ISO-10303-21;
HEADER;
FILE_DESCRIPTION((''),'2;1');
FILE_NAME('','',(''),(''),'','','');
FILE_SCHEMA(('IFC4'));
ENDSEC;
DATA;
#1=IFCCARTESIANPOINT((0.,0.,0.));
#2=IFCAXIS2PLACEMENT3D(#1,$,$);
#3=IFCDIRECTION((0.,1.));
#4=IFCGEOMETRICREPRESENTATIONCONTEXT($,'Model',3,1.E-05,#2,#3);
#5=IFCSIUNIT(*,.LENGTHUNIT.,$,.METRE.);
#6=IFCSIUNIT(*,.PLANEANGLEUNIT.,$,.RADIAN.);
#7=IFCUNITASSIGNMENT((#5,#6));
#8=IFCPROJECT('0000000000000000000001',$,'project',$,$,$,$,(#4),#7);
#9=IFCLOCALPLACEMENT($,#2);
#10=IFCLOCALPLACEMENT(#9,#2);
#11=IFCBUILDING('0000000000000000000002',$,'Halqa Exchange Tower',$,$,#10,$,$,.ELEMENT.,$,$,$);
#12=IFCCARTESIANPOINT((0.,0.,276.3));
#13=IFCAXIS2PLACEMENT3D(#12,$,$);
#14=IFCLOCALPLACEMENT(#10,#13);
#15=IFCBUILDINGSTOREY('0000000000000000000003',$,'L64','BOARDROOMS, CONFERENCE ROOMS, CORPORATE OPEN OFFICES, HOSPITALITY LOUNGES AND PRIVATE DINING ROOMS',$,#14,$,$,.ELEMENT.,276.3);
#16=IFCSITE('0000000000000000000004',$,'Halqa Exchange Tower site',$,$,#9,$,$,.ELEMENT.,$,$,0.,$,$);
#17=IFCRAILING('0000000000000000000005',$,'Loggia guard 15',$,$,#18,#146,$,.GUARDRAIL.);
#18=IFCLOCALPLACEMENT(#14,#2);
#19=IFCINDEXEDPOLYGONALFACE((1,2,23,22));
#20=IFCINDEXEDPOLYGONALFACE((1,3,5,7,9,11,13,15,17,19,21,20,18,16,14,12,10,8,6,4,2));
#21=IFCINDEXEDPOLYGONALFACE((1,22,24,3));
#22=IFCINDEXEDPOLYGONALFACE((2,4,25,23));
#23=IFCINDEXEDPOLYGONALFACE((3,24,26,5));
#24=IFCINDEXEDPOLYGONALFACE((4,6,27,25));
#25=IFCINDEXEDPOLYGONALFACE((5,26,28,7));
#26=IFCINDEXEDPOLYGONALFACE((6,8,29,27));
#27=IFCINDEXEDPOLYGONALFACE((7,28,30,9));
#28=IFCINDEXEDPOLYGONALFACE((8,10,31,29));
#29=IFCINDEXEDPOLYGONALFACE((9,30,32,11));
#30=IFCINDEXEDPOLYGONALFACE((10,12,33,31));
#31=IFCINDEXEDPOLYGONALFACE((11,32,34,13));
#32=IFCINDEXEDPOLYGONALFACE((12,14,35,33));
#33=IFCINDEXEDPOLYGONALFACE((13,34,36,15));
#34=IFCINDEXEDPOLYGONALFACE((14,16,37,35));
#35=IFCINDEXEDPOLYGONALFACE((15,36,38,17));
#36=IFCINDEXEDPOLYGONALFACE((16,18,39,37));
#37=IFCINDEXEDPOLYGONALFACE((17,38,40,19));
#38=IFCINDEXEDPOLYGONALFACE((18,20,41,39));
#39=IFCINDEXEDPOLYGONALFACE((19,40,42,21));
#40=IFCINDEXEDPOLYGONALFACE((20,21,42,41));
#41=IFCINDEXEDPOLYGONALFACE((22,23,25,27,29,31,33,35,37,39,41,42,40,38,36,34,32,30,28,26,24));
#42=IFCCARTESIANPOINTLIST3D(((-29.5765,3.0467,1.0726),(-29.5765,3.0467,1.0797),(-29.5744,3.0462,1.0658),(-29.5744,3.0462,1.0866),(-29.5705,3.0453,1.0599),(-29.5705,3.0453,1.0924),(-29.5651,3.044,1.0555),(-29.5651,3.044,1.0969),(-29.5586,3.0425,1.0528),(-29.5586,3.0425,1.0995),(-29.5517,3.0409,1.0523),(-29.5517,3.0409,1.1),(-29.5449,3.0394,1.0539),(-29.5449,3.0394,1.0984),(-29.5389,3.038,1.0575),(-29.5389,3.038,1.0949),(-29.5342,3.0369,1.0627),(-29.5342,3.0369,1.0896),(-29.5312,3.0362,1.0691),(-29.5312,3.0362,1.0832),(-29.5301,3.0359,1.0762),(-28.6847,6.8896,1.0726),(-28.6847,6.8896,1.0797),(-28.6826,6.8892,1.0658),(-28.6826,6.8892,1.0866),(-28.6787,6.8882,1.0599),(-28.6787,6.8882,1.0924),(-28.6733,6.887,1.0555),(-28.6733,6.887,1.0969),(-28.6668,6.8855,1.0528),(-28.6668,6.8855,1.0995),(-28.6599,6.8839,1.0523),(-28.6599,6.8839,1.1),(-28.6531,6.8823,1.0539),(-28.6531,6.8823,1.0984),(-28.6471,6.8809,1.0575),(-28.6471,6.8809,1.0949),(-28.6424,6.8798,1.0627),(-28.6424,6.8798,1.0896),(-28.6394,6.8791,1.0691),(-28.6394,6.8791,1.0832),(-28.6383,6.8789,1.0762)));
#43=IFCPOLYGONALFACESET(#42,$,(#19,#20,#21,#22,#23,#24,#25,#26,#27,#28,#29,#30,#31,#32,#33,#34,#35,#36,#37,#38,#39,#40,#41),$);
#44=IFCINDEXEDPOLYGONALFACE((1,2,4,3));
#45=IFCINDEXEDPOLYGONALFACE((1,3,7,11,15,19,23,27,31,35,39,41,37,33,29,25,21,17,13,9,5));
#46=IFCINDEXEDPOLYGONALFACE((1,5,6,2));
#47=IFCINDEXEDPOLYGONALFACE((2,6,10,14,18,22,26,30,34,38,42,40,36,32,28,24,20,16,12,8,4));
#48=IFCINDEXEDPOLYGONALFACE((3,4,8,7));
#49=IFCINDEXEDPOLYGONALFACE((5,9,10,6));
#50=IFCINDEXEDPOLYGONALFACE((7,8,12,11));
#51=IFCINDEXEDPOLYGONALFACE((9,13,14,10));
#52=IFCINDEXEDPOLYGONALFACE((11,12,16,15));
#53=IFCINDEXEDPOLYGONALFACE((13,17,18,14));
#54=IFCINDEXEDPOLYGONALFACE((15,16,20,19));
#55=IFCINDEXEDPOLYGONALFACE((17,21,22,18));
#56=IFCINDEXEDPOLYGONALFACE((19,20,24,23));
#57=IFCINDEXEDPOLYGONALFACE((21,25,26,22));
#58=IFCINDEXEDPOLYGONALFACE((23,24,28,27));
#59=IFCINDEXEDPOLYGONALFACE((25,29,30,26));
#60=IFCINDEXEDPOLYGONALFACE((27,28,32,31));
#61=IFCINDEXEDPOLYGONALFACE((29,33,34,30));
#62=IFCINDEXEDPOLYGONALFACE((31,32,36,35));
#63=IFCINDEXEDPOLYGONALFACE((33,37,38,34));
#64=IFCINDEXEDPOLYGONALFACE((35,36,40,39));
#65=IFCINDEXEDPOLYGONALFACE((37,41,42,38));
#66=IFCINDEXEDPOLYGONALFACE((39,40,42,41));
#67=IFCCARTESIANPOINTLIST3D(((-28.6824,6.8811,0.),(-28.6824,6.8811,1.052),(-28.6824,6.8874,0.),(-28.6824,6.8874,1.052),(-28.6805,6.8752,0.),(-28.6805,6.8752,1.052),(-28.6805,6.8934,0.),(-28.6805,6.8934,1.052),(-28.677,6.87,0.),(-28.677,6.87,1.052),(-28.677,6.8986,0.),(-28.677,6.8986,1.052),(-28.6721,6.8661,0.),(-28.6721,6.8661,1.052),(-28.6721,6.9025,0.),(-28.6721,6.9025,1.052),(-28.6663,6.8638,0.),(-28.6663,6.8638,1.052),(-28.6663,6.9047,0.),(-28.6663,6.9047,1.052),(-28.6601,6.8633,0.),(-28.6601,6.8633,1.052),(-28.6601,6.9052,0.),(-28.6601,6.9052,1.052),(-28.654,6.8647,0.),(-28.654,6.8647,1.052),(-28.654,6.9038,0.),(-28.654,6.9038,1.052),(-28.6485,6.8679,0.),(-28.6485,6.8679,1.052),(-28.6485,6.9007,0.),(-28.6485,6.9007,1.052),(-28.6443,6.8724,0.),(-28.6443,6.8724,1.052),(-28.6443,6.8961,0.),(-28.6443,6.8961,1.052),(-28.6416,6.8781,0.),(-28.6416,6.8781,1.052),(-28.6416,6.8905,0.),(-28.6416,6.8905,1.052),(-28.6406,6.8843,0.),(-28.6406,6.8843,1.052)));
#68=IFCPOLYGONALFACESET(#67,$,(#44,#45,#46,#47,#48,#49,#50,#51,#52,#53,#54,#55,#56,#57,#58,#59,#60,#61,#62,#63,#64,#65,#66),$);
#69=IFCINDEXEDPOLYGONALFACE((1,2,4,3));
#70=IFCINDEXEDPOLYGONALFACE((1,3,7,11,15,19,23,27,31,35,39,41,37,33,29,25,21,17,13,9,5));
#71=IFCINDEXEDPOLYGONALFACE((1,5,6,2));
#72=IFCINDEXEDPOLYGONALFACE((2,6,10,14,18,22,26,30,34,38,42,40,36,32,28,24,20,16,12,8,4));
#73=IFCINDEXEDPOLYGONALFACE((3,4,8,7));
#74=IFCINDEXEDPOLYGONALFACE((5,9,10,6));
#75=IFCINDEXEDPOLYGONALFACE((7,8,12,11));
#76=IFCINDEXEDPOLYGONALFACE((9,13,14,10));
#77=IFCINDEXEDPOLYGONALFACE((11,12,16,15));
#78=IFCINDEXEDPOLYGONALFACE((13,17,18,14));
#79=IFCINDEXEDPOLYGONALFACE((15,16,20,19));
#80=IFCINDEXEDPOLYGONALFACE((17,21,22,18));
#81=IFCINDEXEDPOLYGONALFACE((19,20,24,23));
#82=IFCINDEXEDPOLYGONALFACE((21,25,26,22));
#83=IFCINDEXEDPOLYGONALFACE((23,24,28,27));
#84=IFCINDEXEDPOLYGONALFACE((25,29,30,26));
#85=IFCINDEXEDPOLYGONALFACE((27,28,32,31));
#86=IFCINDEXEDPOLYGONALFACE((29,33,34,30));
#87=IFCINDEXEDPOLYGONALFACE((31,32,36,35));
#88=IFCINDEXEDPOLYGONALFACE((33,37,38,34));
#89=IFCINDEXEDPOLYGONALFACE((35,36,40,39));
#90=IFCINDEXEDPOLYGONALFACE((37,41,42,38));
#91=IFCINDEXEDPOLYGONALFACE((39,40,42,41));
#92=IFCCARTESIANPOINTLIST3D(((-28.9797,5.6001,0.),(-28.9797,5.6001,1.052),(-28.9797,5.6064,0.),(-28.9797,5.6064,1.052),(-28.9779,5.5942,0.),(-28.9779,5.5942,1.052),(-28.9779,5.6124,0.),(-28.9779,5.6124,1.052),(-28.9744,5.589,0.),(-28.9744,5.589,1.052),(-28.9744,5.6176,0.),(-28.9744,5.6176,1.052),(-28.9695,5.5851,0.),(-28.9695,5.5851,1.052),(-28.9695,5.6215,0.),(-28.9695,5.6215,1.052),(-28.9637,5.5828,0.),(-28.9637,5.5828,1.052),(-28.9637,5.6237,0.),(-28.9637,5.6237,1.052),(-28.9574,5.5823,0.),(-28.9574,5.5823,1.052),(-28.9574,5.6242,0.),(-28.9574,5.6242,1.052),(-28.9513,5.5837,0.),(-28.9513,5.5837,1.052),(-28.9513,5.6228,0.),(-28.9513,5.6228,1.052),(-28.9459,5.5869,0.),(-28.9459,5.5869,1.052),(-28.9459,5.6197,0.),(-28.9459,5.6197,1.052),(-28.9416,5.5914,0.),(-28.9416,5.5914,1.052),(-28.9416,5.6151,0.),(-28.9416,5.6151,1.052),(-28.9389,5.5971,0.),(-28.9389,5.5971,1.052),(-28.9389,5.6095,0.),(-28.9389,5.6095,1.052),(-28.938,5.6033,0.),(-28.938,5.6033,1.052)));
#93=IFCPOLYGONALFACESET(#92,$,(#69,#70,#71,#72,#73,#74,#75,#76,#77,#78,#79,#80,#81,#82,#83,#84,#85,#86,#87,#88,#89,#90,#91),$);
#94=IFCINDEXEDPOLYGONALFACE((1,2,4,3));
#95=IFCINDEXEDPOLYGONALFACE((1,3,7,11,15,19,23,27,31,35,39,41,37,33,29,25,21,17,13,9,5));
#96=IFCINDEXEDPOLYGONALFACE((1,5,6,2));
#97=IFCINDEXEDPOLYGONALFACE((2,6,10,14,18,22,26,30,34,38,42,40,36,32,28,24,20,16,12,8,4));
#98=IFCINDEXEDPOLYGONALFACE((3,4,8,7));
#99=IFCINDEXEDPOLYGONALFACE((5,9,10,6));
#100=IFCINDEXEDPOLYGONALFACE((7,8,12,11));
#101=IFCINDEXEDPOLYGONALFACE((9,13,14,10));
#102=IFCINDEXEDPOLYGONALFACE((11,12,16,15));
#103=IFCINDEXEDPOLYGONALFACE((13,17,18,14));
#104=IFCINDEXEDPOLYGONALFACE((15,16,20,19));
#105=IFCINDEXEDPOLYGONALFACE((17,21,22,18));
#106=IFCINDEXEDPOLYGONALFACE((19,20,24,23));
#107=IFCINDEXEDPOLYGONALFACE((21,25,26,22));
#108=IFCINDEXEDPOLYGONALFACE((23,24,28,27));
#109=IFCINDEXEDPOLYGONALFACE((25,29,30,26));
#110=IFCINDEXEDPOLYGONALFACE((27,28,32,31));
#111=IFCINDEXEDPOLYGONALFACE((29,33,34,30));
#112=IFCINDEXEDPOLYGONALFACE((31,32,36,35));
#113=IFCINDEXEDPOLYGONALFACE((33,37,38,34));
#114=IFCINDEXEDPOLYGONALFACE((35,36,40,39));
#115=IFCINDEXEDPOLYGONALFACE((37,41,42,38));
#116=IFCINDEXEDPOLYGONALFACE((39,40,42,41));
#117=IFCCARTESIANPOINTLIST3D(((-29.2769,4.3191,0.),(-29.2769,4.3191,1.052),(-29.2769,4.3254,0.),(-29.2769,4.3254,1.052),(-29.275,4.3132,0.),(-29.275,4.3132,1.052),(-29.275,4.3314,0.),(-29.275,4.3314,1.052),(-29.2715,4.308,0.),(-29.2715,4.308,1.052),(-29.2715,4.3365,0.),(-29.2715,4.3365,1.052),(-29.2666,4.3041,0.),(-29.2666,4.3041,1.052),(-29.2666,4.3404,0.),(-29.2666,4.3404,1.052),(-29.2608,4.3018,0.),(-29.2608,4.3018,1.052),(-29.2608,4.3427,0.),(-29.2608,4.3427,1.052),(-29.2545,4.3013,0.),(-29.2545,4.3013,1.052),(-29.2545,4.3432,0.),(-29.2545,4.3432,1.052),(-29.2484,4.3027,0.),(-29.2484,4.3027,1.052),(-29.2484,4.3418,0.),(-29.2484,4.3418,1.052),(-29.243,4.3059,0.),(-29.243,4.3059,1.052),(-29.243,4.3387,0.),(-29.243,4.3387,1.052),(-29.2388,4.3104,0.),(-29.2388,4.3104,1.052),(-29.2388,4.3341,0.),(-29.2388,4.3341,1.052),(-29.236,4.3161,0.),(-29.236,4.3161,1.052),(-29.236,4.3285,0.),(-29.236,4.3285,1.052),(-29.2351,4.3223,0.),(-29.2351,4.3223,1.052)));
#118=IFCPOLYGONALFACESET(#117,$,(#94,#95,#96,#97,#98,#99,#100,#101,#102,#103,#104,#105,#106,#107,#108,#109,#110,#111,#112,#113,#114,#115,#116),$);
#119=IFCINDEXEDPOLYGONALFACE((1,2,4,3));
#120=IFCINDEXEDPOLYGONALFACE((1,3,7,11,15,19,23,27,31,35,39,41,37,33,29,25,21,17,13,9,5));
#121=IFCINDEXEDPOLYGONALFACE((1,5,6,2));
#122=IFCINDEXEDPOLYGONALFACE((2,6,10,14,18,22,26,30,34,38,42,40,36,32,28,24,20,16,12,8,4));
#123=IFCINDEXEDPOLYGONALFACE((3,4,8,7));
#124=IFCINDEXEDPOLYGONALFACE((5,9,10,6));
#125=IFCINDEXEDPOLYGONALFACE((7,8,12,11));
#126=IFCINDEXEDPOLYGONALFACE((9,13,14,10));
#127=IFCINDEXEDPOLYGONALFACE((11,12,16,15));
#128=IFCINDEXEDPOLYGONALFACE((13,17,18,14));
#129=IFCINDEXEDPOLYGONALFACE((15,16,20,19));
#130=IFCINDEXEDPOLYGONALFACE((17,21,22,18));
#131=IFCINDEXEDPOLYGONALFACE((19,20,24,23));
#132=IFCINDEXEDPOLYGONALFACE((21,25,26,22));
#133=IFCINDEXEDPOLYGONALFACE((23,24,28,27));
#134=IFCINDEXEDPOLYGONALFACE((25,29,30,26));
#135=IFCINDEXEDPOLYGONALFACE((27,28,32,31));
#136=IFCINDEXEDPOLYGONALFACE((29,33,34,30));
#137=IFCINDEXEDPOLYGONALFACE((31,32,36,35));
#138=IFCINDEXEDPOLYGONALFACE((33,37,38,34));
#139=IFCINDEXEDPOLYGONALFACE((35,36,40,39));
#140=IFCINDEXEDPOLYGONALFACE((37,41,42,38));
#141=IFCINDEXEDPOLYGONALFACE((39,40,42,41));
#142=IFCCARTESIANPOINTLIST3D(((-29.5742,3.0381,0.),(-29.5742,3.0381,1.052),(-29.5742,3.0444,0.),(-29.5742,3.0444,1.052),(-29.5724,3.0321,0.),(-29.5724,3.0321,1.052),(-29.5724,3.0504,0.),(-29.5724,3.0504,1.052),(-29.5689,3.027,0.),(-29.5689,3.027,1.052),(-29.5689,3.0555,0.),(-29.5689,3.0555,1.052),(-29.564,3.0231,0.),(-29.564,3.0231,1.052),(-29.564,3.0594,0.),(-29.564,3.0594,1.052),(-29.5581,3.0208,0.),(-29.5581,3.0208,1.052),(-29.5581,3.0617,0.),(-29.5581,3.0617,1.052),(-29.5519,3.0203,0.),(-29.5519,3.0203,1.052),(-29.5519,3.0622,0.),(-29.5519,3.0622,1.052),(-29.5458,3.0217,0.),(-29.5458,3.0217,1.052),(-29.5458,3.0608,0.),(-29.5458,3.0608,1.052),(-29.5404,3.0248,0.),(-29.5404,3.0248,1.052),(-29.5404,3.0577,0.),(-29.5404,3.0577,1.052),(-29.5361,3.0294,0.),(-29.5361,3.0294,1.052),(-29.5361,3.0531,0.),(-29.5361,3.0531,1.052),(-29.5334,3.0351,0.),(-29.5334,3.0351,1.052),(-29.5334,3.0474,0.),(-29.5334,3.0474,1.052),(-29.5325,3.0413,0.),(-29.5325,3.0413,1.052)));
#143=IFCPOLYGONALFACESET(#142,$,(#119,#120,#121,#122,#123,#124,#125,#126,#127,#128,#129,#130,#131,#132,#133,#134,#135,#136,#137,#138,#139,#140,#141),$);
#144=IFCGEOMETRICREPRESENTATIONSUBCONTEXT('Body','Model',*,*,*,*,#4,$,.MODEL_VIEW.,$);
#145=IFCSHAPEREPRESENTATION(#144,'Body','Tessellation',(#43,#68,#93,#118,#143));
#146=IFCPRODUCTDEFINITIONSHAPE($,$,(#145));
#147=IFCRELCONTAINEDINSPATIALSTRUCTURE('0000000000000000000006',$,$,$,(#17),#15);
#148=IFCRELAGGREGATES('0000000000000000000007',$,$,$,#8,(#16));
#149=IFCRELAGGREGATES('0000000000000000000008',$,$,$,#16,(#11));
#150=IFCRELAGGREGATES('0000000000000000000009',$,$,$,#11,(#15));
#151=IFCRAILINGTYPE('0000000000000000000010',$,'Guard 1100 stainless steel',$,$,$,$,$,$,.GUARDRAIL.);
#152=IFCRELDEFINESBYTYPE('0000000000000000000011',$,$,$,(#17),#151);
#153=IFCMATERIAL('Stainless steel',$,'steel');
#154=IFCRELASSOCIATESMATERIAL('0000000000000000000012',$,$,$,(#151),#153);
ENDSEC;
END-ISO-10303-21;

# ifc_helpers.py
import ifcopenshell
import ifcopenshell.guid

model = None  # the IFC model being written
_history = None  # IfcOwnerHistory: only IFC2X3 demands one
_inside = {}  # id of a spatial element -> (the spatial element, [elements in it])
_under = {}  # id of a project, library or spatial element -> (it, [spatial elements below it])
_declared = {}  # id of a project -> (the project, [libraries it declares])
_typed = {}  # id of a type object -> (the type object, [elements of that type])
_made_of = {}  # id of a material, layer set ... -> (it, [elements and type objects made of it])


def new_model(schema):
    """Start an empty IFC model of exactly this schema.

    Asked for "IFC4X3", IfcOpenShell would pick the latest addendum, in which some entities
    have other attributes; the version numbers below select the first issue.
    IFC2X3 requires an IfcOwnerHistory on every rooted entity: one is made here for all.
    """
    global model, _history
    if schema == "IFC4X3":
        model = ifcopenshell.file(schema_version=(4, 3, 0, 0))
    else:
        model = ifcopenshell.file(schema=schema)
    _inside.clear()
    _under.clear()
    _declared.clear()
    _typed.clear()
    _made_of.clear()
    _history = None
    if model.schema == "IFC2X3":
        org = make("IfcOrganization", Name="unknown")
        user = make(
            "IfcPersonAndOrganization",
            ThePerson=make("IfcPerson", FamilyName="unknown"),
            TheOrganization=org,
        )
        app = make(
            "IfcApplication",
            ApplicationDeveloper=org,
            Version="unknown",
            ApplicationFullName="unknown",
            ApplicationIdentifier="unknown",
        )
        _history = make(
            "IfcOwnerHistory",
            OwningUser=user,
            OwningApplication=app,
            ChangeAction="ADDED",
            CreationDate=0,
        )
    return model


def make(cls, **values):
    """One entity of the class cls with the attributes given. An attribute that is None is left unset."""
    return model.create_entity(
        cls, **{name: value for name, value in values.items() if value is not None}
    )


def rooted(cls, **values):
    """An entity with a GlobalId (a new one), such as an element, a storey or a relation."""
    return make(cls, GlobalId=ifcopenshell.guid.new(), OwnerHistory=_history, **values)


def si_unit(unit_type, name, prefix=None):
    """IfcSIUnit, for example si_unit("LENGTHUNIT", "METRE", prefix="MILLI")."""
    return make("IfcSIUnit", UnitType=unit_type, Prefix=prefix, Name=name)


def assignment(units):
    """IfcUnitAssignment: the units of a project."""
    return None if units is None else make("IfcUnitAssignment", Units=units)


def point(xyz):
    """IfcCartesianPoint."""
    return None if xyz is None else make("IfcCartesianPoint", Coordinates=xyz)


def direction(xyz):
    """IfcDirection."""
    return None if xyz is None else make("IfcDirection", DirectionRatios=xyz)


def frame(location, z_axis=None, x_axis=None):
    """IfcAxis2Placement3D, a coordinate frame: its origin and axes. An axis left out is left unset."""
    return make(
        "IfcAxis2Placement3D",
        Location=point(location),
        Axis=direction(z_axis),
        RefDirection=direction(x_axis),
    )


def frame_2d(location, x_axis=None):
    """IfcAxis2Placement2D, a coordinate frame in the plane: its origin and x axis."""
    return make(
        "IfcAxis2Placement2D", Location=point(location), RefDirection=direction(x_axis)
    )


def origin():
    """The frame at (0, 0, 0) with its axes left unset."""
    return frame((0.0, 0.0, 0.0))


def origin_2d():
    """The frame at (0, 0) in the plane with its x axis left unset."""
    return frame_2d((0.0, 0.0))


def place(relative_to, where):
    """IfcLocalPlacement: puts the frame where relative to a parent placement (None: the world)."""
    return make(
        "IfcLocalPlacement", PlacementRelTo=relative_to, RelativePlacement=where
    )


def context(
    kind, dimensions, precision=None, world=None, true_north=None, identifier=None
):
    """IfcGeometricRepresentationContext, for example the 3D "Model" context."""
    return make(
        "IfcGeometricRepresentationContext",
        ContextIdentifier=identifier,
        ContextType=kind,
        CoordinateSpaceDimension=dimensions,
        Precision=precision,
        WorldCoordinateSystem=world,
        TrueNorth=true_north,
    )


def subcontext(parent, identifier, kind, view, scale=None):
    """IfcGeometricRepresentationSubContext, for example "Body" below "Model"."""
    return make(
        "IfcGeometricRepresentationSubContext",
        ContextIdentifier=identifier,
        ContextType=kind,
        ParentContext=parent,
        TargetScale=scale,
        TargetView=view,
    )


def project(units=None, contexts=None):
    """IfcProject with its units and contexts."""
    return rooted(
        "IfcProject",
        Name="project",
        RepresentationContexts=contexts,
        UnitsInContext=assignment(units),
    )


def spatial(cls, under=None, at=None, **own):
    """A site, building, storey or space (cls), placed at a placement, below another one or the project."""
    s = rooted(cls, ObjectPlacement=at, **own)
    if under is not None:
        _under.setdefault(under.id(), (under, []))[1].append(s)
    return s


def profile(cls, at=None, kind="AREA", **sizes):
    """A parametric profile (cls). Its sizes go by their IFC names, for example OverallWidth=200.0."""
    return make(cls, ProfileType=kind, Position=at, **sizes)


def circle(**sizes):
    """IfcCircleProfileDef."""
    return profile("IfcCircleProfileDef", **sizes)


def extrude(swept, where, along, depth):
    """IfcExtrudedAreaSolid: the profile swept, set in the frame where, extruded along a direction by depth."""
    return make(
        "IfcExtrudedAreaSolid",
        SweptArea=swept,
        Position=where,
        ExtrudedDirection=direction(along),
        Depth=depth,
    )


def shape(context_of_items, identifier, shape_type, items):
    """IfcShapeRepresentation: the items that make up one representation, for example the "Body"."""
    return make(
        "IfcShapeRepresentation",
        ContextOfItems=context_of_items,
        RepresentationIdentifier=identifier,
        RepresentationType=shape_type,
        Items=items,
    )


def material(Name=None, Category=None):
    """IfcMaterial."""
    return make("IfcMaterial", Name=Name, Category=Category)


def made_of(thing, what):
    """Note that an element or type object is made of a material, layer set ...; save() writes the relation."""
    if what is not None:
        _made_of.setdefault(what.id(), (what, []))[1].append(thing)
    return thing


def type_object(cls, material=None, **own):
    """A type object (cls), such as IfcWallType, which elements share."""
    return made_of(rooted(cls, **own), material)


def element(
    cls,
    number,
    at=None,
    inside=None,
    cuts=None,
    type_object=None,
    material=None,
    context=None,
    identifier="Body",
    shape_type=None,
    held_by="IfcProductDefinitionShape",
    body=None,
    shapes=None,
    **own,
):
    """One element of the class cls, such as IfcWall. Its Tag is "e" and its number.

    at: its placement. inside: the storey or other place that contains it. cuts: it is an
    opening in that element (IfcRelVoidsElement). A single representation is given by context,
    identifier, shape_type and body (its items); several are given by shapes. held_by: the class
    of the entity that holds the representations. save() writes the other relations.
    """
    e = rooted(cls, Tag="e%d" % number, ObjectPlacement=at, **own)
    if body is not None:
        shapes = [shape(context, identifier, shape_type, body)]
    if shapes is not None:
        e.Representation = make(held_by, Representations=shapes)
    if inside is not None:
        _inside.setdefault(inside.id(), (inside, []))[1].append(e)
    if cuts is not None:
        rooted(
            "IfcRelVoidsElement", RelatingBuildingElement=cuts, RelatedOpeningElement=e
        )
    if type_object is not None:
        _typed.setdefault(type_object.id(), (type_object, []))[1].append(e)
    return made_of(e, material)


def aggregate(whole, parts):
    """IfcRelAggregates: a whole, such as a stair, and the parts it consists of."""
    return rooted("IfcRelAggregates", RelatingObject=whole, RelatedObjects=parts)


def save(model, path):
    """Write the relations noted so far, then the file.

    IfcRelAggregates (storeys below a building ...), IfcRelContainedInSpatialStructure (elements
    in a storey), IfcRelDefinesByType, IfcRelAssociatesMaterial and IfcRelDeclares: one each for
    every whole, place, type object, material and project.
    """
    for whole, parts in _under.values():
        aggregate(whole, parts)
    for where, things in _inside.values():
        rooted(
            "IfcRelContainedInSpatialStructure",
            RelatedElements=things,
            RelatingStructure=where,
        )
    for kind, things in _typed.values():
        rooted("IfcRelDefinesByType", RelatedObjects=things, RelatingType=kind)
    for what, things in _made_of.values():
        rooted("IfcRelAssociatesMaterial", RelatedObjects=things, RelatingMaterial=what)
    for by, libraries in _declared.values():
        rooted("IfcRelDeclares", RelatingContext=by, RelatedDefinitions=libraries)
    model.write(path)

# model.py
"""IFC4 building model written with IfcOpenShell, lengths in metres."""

from ifc_helpers import new_model, si_unit, direction, frame, origin, origin_2d, place, context, subcontext, project, spatial, circle, extrude, material, type_object, element, save


model = new_model("IFC4")

# Units and contexts
model_context = context("Model", 3, precision=1e-05, world=origin(), true_north=direction((0.0, 1.0)))
body_context = subcontext(model_context, "Body", "Model", "MODEL_VIEW")
ifc_project = project(units=[si_unit("LENGTHUNIT", "METRE"), si_unit("PLANEANGLEUNIT", "RADIAN")], contexts=[model_context])

# Site, building, storey
site_placement = place(None, origin())
site = spatial("IfcSite", under=ifc_project, at=site_placement, Name="Halqa Exchange Tower site", CompositionType="ELEMENT", RefElevation=0.0)
building_placement = place(site_placement, origin())
building = spatial("IfcBuilding", under=site, at=building_placement, Name="Halqa Exchange Tower", CompositionType="ELEMENT")
storey_placement = place(building_placement, frame((0.0, 0.0, 276.3)))
storey = spatial("IfcBuildingStorey", under=building, at=storey_placement, Name="L64", Description="BOARDROOMS, CONFERENCE ROOMS, CORPORATE OPEN OFFICES, HOSPITALITY LOUNGES AND PRIVATE DINING ROOMS", CompositionType="ELEMENT", Elevation=276.3)

# Railing
ifc_material_1 = material(Name="Stainless steel", Category="steel")
railing_type = type_object("IfcRailingType", Name="Guard 1100 stainless steel", PredefinedType="GUARDRAIL", material=ifc_material_1)
railing_1_placement = place(storey_placement, frame((-28.6616, 6.8843, 0.0)))
element("IfcRailing", 1, at=railing_1_placement, inside=storey, type_object=railing_type, Name="Loggia guard 15", PredefinedType="GUARDRAIL", context=body_context, shape_type="SweptSolid", body=[
    extrude(circle(Radius=0.0239, at=origin_2d()), frame((0.0, 0.0, 1.0762), z_axis=(-0.226062, -0.974113, 0.0), x_axis=(0.974113, -0.226062, 0.0)), (0.0, 0.0, 1.0), 3.9451),
    extrude(circle(Radius=0.021, at=origin_2d()), origin(), (0.0, 0.0, 1.0), 1.052),
    extrude(circle(Radius=0.021, at=origin_2d()), frame((-0.2974, -1.281, 0.0)), (0.0, 0.0, 1.0), 1.052),
    extrude(circle(Radius=0.021, at=origin_2d()), frame((-0.5945, -2.562, 0.0)), (0.0, 0.0, 1.0), 1.052),
    extrude(circle(Radius=0.021, at=origin_2d()), frame((-0.8918, -3.843, 0.0)), (0.0, 0.0, 1.0), 1.052),
])

save(model, "model.ifc")
